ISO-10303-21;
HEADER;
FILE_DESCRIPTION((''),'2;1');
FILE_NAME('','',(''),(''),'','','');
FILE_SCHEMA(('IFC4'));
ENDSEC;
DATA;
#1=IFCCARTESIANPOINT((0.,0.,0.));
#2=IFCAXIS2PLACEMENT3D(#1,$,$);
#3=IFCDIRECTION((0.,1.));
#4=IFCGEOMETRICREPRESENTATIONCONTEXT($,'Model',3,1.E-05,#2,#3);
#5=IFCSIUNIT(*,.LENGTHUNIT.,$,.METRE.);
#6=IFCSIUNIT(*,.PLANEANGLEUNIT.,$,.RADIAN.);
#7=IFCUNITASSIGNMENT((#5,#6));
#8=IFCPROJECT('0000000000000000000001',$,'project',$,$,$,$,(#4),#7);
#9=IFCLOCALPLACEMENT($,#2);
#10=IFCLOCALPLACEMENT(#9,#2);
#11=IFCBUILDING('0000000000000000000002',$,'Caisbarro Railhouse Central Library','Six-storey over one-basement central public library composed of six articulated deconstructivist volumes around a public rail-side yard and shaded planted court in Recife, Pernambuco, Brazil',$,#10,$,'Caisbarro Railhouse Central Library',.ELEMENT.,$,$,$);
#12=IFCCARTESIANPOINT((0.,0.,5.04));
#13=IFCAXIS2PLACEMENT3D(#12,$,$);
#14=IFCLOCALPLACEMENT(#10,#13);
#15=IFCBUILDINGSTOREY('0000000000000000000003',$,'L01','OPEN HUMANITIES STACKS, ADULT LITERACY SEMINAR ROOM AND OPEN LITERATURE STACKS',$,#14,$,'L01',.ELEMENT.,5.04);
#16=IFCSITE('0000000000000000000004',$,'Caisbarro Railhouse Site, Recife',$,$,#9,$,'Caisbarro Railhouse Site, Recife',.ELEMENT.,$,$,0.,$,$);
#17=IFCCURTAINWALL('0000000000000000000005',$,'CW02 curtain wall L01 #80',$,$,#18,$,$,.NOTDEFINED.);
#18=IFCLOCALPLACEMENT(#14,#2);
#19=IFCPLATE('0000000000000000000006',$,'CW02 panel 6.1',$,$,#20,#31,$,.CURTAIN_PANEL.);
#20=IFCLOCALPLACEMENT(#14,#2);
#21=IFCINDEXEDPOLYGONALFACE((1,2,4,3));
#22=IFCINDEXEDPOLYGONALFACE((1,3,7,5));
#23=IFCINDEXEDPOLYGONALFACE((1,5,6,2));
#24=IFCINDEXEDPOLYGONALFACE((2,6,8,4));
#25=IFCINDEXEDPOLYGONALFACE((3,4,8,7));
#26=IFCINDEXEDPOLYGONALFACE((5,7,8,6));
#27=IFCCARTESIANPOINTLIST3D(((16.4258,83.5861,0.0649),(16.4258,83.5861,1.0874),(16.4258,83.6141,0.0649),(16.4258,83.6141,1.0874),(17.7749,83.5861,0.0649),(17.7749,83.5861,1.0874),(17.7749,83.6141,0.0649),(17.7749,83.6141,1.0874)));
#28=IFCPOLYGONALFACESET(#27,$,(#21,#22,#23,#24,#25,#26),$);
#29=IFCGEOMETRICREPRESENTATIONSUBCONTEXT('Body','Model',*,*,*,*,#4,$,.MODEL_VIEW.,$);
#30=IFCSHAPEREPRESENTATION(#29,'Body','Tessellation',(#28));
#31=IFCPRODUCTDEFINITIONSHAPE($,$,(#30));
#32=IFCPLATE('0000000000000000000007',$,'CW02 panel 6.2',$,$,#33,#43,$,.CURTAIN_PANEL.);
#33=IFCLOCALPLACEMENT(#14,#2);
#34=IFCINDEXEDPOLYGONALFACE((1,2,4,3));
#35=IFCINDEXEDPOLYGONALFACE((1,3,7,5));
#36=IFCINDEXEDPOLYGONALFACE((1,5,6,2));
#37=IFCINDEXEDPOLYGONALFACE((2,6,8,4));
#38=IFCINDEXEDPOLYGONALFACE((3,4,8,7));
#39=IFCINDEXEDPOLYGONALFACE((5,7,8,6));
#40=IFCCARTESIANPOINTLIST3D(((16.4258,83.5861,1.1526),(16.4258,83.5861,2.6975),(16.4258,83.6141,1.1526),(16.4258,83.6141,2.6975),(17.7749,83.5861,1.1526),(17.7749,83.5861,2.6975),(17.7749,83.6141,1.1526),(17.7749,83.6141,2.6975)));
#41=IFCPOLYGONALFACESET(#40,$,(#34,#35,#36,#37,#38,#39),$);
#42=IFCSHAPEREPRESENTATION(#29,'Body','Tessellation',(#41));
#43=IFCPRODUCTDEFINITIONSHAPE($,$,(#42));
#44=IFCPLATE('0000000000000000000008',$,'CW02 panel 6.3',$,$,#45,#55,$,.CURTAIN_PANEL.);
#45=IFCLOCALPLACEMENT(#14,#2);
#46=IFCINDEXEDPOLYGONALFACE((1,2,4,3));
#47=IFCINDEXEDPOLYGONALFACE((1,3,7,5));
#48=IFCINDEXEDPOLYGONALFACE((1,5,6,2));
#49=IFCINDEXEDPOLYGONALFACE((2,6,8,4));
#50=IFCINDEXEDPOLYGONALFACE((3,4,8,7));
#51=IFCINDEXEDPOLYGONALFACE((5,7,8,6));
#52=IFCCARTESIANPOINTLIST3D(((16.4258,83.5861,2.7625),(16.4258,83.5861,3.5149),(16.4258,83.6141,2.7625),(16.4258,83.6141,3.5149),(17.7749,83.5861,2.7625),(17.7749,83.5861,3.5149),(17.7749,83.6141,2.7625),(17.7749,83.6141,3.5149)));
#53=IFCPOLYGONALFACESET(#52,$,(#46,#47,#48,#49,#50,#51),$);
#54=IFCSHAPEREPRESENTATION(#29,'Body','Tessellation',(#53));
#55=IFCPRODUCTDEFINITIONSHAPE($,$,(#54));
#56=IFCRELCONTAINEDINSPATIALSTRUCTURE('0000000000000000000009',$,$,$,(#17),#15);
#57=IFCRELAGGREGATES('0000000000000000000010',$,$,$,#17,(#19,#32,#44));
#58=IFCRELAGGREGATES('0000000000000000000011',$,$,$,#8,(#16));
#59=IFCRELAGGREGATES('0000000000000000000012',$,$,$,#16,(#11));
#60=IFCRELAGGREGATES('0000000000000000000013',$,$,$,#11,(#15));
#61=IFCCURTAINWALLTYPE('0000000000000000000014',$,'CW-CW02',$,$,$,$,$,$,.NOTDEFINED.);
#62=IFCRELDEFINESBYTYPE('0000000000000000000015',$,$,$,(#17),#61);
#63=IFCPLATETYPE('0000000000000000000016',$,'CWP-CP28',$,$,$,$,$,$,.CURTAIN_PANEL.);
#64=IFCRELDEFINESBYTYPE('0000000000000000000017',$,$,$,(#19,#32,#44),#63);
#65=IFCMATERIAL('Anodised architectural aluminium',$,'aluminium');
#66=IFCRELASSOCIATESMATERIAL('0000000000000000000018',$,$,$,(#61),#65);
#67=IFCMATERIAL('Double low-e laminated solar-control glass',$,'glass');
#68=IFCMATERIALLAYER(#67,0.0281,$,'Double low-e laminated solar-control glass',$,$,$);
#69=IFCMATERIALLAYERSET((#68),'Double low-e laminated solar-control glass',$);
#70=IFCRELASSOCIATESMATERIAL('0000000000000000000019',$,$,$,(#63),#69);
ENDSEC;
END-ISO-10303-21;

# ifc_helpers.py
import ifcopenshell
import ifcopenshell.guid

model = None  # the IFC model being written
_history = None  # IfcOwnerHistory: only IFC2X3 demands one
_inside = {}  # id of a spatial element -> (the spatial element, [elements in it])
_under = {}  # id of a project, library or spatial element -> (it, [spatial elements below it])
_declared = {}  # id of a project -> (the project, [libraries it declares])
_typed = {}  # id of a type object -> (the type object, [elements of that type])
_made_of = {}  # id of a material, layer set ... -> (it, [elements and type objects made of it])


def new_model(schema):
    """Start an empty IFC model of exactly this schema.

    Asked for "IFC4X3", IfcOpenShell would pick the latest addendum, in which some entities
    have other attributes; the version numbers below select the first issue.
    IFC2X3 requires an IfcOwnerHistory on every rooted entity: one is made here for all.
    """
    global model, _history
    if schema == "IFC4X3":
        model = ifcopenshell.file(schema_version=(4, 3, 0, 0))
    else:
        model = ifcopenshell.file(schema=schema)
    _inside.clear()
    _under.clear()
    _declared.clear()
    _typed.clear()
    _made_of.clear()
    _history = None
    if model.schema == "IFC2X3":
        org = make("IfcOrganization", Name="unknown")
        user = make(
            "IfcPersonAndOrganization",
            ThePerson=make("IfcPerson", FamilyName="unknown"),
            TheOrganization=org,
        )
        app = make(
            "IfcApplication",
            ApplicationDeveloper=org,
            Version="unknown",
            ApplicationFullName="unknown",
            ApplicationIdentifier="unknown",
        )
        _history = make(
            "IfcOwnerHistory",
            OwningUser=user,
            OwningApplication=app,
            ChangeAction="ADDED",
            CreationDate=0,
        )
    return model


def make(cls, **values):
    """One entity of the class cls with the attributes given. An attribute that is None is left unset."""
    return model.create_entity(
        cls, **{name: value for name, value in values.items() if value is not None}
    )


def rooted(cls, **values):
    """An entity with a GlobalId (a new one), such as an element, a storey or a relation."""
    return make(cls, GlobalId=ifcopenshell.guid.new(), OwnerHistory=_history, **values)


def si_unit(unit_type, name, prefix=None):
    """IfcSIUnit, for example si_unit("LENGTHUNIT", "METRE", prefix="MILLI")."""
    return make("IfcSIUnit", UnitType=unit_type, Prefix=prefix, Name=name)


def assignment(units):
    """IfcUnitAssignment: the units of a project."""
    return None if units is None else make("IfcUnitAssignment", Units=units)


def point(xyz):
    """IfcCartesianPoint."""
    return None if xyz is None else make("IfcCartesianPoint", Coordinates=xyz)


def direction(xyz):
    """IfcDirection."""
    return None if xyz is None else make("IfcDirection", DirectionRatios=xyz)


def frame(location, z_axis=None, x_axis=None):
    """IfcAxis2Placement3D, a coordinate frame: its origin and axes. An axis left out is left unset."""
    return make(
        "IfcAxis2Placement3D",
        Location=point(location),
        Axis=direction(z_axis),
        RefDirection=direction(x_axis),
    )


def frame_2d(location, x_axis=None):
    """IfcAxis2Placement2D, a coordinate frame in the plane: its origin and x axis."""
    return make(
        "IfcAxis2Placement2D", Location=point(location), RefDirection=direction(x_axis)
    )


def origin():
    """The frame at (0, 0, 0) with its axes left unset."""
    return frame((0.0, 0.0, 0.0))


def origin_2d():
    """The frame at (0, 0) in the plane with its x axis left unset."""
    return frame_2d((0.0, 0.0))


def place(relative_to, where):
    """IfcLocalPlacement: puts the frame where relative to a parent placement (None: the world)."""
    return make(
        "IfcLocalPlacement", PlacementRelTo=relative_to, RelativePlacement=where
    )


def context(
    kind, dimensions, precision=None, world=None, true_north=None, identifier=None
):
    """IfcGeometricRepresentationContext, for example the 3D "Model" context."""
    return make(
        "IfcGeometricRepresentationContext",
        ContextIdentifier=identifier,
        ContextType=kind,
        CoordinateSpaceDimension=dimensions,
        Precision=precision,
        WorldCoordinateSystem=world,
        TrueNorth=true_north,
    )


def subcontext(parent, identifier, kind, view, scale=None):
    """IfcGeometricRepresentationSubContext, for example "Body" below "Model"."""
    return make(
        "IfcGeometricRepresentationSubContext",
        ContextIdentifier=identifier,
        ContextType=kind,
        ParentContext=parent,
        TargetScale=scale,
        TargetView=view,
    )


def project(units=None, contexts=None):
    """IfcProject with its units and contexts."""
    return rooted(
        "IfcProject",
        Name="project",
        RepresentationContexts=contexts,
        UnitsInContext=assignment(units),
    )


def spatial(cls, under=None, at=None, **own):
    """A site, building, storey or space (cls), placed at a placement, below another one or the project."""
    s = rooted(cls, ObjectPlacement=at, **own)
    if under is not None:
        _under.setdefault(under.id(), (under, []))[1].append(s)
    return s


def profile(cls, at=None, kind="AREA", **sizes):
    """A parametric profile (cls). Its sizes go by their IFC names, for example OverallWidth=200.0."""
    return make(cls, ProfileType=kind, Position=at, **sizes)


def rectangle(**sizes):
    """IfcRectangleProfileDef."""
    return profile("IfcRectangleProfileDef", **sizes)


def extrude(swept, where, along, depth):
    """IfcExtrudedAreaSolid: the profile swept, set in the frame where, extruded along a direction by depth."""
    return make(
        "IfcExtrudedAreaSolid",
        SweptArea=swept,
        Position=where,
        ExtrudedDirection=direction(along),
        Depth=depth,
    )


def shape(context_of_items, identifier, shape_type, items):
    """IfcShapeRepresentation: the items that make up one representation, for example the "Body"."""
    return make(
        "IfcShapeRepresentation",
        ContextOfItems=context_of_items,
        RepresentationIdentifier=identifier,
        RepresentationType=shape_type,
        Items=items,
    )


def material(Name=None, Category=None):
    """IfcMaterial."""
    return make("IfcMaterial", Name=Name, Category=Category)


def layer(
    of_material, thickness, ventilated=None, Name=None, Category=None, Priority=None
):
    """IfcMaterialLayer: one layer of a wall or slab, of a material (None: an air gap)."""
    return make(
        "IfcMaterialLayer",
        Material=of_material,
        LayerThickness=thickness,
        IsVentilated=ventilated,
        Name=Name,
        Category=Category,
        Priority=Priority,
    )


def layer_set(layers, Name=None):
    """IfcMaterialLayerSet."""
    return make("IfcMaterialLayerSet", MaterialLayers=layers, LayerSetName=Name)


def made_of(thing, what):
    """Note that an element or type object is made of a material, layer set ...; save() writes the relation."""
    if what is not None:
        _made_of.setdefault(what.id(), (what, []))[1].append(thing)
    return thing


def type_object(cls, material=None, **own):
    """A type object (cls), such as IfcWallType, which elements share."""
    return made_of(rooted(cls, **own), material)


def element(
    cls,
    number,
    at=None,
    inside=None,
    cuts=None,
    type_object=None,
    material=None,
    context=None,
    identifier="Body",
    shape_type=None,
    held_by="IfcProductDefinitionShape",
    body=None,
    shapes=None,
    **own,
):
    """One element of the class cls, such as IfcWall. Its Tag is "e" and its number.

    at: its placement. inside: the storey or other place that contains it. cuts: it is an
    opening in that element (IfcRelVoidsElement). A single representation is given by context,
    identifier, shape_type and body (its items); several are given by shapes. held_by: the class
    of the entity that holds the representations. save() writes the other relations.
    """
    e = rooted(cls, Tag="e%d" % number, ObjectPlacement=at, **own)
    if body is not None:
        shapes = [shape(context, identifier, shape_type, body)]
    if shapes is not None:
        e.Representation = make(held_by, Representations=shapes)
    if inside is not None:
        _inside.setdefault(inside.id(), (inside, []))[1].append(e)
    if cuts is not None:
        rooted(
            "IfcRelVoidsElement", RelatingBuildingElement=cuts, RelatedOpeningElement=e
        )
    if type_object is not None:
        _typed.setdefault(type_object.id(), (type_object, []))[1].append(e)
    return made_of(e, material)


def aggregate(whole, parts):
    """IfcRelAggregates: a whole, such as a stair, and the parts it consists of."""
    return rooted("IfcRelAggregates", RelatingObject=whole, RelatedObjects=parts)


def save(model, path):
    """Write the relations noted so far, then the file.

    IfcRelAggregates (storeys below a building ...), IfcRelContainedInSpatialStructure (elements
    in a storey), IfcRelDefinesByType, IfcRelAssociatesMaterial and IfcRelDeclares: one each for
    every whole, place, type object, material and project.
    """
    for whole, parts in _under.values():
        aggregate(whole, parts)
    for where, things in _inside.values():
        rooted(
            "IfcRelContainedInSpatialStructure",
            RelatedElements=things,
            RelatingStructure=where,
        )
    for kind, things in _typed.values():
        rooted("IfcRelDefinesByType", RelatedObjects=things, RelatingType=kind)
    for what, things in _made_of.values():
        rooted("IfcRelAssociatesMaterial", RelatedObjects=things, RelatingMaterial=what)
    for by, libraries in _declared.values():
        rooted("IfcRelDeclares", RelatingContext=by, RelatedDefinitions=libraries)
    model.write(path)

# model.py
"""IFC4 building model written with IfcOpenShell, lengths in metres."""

from ifc_helpers import new_model, si_unit, direction, frame, origin, origin_2d, place, context, subcontext, project, spatial, rectangle, extrude, material, layer, layer_set, type_object, element, aggregate, save


model = new_model("IFC4")

# Units and contexts
model_context = context("Model", 3, precision=1e-05, world=origin(), true_north=direction((0.0, 1.0)))
body_context = subcontext(model_context, "Body", "Model", "MODEL_VIEW")
ifc_project = project(units=[si_unit("LENGTHUNIT", "METRE"), si_unit("PLANEANGLEUNIT", "RADIAN")], contexts=[model_context])

# Site, building, storey
site_placement = place(None, origin())
site = spatial("IfcSite", under=ifc_project, at=site_placement, Name="Caisbarro Railhouse Site, Recife", LongName="Caisbarro Railhouse Site, Recife", CompositionType="ELEMENT", RefElevation=0.0)
building_placement = place(site_placement, origin())
building = spatial("IfcBuilding", under=site, at=building_placement, Name="Caisbarro Railhouse Central Library", Description="Six-storey over one-basement central public library composed of six articulated deconstructivist volumes around a public rail-side yard and shaded planted court in Recife, Pernambuco, Brazil", LongName="Caisbarro Railhouse Central Library", CompositionType="ELEMENT")
storey_placement = place(building_placement, frame((0.0, 0.0, 5.04)))
storey = spatial("IfcBuildingStorey", under=building, at=storey_placement, Name="L01", Description="OPEN HUMANITIES STACKS, ADULT LITERACY SEMINAR ROOM AND OPEN LITERATURE STACKS", LongName="L01", CompositionType="ELEMENT", Elevation=5.04)

# Curtain wall
ifc_material_1 = material(Name="Anodised architectural aluminium", Category="aluminium")
curtain_wall_type = type_object("IfcCurtainWallType", Name="CW-CW02", PredefinedType="NOTDEFINED", material=ifc_material_1)
curtain_wall_1_placement = place(storey_placement, origin())
curtain_wall_1 = element("IfcCurtainWall", 1, at=curtain_wall_1_placement, inside=storey, type_object=curtain_wall_type, Name="CW02 curtain wall L01 #80", PredefinedType="NOTDEFINED")

# Plates
ifc_material_2 = material(Name="Double low-e laminated solar-control glass", Category="glass")
ifc_layer = layer(ifc_material_2, 0.0281, Name="Double low-e laminated solar-control glass")
ifc_layer_set = layer_set([ifc_layer], Name="Double low-e laminated solar-control glass")
plate_type = type_object("IfcPlateType", Name="CWP-CP28", PredefinedType="CURTAIN_PANEL", material=ifc_layer_set)
plate_1_placement = place(storey_placement, frame((17.1003, 83.6001, 0.0649), z_axis=(0.0, 0.0, 1.0), x_axis=(1.0, 0.0, 0.0)))
plate_1 = element("IfcPlate", 2, at=plate_1_placement, type_object=plate_type, Name="CW02 panel 6.1", PredefinedType="CURTAIN_PANEL", context=body_context, shape_type="SweptSolid", body=[
    extrude(rectangle(XDim=1.3491, YDim=0.0281, at=origin_2d()), origin(), (0.0, 0.0, 1.0), 1.0225),
])
plate_2_placement = place(storey_placement, frame((17.1003, 83.6001, 1.1526), z_axis=(0.0, 0.0, 1.0), x_axis=(1.0, 0.0, 0.0)))
plate_2 = element("IfcPlate", 3, at=plate_2_placement, type_object=plate_type, Name="CW02 panel 6.2", PredefinedType="CURTAIN_PANEL", context=body_context, shape_type="SweptSolid", body=[
    extrude(rectangle(XDim=1.3491, YDim=0.0281, at=origin_2d()), origin(), (0.0, 0.0, 1.0), 1.5449),
])
plate_3_placement = place(storey_placement, frame((17.1003, 83.6001, 2.7625), z_axis=(0.0, 0.0, 1.0), x_axis=(1.0, 0.0, 0.0)))
plate_3 = element("IfcPlate", 4, at=plate_3_placement, type_object=plate_type, Name="CW02 panel 6.3", PredefinedType="CURTAIN_PANEL", context=body_context, shape_type="SweptSolid", body=[
    extrude(rectangle(XDim=1.3491, YDim=0.0281, at=origin_2d()), origin(), (0.0, 0.0, 1.0), 0.7524),
])
aggregate(curtain_wall_1, [plate_1, plate_2, plate_3])

save(model, "model.ifc")
